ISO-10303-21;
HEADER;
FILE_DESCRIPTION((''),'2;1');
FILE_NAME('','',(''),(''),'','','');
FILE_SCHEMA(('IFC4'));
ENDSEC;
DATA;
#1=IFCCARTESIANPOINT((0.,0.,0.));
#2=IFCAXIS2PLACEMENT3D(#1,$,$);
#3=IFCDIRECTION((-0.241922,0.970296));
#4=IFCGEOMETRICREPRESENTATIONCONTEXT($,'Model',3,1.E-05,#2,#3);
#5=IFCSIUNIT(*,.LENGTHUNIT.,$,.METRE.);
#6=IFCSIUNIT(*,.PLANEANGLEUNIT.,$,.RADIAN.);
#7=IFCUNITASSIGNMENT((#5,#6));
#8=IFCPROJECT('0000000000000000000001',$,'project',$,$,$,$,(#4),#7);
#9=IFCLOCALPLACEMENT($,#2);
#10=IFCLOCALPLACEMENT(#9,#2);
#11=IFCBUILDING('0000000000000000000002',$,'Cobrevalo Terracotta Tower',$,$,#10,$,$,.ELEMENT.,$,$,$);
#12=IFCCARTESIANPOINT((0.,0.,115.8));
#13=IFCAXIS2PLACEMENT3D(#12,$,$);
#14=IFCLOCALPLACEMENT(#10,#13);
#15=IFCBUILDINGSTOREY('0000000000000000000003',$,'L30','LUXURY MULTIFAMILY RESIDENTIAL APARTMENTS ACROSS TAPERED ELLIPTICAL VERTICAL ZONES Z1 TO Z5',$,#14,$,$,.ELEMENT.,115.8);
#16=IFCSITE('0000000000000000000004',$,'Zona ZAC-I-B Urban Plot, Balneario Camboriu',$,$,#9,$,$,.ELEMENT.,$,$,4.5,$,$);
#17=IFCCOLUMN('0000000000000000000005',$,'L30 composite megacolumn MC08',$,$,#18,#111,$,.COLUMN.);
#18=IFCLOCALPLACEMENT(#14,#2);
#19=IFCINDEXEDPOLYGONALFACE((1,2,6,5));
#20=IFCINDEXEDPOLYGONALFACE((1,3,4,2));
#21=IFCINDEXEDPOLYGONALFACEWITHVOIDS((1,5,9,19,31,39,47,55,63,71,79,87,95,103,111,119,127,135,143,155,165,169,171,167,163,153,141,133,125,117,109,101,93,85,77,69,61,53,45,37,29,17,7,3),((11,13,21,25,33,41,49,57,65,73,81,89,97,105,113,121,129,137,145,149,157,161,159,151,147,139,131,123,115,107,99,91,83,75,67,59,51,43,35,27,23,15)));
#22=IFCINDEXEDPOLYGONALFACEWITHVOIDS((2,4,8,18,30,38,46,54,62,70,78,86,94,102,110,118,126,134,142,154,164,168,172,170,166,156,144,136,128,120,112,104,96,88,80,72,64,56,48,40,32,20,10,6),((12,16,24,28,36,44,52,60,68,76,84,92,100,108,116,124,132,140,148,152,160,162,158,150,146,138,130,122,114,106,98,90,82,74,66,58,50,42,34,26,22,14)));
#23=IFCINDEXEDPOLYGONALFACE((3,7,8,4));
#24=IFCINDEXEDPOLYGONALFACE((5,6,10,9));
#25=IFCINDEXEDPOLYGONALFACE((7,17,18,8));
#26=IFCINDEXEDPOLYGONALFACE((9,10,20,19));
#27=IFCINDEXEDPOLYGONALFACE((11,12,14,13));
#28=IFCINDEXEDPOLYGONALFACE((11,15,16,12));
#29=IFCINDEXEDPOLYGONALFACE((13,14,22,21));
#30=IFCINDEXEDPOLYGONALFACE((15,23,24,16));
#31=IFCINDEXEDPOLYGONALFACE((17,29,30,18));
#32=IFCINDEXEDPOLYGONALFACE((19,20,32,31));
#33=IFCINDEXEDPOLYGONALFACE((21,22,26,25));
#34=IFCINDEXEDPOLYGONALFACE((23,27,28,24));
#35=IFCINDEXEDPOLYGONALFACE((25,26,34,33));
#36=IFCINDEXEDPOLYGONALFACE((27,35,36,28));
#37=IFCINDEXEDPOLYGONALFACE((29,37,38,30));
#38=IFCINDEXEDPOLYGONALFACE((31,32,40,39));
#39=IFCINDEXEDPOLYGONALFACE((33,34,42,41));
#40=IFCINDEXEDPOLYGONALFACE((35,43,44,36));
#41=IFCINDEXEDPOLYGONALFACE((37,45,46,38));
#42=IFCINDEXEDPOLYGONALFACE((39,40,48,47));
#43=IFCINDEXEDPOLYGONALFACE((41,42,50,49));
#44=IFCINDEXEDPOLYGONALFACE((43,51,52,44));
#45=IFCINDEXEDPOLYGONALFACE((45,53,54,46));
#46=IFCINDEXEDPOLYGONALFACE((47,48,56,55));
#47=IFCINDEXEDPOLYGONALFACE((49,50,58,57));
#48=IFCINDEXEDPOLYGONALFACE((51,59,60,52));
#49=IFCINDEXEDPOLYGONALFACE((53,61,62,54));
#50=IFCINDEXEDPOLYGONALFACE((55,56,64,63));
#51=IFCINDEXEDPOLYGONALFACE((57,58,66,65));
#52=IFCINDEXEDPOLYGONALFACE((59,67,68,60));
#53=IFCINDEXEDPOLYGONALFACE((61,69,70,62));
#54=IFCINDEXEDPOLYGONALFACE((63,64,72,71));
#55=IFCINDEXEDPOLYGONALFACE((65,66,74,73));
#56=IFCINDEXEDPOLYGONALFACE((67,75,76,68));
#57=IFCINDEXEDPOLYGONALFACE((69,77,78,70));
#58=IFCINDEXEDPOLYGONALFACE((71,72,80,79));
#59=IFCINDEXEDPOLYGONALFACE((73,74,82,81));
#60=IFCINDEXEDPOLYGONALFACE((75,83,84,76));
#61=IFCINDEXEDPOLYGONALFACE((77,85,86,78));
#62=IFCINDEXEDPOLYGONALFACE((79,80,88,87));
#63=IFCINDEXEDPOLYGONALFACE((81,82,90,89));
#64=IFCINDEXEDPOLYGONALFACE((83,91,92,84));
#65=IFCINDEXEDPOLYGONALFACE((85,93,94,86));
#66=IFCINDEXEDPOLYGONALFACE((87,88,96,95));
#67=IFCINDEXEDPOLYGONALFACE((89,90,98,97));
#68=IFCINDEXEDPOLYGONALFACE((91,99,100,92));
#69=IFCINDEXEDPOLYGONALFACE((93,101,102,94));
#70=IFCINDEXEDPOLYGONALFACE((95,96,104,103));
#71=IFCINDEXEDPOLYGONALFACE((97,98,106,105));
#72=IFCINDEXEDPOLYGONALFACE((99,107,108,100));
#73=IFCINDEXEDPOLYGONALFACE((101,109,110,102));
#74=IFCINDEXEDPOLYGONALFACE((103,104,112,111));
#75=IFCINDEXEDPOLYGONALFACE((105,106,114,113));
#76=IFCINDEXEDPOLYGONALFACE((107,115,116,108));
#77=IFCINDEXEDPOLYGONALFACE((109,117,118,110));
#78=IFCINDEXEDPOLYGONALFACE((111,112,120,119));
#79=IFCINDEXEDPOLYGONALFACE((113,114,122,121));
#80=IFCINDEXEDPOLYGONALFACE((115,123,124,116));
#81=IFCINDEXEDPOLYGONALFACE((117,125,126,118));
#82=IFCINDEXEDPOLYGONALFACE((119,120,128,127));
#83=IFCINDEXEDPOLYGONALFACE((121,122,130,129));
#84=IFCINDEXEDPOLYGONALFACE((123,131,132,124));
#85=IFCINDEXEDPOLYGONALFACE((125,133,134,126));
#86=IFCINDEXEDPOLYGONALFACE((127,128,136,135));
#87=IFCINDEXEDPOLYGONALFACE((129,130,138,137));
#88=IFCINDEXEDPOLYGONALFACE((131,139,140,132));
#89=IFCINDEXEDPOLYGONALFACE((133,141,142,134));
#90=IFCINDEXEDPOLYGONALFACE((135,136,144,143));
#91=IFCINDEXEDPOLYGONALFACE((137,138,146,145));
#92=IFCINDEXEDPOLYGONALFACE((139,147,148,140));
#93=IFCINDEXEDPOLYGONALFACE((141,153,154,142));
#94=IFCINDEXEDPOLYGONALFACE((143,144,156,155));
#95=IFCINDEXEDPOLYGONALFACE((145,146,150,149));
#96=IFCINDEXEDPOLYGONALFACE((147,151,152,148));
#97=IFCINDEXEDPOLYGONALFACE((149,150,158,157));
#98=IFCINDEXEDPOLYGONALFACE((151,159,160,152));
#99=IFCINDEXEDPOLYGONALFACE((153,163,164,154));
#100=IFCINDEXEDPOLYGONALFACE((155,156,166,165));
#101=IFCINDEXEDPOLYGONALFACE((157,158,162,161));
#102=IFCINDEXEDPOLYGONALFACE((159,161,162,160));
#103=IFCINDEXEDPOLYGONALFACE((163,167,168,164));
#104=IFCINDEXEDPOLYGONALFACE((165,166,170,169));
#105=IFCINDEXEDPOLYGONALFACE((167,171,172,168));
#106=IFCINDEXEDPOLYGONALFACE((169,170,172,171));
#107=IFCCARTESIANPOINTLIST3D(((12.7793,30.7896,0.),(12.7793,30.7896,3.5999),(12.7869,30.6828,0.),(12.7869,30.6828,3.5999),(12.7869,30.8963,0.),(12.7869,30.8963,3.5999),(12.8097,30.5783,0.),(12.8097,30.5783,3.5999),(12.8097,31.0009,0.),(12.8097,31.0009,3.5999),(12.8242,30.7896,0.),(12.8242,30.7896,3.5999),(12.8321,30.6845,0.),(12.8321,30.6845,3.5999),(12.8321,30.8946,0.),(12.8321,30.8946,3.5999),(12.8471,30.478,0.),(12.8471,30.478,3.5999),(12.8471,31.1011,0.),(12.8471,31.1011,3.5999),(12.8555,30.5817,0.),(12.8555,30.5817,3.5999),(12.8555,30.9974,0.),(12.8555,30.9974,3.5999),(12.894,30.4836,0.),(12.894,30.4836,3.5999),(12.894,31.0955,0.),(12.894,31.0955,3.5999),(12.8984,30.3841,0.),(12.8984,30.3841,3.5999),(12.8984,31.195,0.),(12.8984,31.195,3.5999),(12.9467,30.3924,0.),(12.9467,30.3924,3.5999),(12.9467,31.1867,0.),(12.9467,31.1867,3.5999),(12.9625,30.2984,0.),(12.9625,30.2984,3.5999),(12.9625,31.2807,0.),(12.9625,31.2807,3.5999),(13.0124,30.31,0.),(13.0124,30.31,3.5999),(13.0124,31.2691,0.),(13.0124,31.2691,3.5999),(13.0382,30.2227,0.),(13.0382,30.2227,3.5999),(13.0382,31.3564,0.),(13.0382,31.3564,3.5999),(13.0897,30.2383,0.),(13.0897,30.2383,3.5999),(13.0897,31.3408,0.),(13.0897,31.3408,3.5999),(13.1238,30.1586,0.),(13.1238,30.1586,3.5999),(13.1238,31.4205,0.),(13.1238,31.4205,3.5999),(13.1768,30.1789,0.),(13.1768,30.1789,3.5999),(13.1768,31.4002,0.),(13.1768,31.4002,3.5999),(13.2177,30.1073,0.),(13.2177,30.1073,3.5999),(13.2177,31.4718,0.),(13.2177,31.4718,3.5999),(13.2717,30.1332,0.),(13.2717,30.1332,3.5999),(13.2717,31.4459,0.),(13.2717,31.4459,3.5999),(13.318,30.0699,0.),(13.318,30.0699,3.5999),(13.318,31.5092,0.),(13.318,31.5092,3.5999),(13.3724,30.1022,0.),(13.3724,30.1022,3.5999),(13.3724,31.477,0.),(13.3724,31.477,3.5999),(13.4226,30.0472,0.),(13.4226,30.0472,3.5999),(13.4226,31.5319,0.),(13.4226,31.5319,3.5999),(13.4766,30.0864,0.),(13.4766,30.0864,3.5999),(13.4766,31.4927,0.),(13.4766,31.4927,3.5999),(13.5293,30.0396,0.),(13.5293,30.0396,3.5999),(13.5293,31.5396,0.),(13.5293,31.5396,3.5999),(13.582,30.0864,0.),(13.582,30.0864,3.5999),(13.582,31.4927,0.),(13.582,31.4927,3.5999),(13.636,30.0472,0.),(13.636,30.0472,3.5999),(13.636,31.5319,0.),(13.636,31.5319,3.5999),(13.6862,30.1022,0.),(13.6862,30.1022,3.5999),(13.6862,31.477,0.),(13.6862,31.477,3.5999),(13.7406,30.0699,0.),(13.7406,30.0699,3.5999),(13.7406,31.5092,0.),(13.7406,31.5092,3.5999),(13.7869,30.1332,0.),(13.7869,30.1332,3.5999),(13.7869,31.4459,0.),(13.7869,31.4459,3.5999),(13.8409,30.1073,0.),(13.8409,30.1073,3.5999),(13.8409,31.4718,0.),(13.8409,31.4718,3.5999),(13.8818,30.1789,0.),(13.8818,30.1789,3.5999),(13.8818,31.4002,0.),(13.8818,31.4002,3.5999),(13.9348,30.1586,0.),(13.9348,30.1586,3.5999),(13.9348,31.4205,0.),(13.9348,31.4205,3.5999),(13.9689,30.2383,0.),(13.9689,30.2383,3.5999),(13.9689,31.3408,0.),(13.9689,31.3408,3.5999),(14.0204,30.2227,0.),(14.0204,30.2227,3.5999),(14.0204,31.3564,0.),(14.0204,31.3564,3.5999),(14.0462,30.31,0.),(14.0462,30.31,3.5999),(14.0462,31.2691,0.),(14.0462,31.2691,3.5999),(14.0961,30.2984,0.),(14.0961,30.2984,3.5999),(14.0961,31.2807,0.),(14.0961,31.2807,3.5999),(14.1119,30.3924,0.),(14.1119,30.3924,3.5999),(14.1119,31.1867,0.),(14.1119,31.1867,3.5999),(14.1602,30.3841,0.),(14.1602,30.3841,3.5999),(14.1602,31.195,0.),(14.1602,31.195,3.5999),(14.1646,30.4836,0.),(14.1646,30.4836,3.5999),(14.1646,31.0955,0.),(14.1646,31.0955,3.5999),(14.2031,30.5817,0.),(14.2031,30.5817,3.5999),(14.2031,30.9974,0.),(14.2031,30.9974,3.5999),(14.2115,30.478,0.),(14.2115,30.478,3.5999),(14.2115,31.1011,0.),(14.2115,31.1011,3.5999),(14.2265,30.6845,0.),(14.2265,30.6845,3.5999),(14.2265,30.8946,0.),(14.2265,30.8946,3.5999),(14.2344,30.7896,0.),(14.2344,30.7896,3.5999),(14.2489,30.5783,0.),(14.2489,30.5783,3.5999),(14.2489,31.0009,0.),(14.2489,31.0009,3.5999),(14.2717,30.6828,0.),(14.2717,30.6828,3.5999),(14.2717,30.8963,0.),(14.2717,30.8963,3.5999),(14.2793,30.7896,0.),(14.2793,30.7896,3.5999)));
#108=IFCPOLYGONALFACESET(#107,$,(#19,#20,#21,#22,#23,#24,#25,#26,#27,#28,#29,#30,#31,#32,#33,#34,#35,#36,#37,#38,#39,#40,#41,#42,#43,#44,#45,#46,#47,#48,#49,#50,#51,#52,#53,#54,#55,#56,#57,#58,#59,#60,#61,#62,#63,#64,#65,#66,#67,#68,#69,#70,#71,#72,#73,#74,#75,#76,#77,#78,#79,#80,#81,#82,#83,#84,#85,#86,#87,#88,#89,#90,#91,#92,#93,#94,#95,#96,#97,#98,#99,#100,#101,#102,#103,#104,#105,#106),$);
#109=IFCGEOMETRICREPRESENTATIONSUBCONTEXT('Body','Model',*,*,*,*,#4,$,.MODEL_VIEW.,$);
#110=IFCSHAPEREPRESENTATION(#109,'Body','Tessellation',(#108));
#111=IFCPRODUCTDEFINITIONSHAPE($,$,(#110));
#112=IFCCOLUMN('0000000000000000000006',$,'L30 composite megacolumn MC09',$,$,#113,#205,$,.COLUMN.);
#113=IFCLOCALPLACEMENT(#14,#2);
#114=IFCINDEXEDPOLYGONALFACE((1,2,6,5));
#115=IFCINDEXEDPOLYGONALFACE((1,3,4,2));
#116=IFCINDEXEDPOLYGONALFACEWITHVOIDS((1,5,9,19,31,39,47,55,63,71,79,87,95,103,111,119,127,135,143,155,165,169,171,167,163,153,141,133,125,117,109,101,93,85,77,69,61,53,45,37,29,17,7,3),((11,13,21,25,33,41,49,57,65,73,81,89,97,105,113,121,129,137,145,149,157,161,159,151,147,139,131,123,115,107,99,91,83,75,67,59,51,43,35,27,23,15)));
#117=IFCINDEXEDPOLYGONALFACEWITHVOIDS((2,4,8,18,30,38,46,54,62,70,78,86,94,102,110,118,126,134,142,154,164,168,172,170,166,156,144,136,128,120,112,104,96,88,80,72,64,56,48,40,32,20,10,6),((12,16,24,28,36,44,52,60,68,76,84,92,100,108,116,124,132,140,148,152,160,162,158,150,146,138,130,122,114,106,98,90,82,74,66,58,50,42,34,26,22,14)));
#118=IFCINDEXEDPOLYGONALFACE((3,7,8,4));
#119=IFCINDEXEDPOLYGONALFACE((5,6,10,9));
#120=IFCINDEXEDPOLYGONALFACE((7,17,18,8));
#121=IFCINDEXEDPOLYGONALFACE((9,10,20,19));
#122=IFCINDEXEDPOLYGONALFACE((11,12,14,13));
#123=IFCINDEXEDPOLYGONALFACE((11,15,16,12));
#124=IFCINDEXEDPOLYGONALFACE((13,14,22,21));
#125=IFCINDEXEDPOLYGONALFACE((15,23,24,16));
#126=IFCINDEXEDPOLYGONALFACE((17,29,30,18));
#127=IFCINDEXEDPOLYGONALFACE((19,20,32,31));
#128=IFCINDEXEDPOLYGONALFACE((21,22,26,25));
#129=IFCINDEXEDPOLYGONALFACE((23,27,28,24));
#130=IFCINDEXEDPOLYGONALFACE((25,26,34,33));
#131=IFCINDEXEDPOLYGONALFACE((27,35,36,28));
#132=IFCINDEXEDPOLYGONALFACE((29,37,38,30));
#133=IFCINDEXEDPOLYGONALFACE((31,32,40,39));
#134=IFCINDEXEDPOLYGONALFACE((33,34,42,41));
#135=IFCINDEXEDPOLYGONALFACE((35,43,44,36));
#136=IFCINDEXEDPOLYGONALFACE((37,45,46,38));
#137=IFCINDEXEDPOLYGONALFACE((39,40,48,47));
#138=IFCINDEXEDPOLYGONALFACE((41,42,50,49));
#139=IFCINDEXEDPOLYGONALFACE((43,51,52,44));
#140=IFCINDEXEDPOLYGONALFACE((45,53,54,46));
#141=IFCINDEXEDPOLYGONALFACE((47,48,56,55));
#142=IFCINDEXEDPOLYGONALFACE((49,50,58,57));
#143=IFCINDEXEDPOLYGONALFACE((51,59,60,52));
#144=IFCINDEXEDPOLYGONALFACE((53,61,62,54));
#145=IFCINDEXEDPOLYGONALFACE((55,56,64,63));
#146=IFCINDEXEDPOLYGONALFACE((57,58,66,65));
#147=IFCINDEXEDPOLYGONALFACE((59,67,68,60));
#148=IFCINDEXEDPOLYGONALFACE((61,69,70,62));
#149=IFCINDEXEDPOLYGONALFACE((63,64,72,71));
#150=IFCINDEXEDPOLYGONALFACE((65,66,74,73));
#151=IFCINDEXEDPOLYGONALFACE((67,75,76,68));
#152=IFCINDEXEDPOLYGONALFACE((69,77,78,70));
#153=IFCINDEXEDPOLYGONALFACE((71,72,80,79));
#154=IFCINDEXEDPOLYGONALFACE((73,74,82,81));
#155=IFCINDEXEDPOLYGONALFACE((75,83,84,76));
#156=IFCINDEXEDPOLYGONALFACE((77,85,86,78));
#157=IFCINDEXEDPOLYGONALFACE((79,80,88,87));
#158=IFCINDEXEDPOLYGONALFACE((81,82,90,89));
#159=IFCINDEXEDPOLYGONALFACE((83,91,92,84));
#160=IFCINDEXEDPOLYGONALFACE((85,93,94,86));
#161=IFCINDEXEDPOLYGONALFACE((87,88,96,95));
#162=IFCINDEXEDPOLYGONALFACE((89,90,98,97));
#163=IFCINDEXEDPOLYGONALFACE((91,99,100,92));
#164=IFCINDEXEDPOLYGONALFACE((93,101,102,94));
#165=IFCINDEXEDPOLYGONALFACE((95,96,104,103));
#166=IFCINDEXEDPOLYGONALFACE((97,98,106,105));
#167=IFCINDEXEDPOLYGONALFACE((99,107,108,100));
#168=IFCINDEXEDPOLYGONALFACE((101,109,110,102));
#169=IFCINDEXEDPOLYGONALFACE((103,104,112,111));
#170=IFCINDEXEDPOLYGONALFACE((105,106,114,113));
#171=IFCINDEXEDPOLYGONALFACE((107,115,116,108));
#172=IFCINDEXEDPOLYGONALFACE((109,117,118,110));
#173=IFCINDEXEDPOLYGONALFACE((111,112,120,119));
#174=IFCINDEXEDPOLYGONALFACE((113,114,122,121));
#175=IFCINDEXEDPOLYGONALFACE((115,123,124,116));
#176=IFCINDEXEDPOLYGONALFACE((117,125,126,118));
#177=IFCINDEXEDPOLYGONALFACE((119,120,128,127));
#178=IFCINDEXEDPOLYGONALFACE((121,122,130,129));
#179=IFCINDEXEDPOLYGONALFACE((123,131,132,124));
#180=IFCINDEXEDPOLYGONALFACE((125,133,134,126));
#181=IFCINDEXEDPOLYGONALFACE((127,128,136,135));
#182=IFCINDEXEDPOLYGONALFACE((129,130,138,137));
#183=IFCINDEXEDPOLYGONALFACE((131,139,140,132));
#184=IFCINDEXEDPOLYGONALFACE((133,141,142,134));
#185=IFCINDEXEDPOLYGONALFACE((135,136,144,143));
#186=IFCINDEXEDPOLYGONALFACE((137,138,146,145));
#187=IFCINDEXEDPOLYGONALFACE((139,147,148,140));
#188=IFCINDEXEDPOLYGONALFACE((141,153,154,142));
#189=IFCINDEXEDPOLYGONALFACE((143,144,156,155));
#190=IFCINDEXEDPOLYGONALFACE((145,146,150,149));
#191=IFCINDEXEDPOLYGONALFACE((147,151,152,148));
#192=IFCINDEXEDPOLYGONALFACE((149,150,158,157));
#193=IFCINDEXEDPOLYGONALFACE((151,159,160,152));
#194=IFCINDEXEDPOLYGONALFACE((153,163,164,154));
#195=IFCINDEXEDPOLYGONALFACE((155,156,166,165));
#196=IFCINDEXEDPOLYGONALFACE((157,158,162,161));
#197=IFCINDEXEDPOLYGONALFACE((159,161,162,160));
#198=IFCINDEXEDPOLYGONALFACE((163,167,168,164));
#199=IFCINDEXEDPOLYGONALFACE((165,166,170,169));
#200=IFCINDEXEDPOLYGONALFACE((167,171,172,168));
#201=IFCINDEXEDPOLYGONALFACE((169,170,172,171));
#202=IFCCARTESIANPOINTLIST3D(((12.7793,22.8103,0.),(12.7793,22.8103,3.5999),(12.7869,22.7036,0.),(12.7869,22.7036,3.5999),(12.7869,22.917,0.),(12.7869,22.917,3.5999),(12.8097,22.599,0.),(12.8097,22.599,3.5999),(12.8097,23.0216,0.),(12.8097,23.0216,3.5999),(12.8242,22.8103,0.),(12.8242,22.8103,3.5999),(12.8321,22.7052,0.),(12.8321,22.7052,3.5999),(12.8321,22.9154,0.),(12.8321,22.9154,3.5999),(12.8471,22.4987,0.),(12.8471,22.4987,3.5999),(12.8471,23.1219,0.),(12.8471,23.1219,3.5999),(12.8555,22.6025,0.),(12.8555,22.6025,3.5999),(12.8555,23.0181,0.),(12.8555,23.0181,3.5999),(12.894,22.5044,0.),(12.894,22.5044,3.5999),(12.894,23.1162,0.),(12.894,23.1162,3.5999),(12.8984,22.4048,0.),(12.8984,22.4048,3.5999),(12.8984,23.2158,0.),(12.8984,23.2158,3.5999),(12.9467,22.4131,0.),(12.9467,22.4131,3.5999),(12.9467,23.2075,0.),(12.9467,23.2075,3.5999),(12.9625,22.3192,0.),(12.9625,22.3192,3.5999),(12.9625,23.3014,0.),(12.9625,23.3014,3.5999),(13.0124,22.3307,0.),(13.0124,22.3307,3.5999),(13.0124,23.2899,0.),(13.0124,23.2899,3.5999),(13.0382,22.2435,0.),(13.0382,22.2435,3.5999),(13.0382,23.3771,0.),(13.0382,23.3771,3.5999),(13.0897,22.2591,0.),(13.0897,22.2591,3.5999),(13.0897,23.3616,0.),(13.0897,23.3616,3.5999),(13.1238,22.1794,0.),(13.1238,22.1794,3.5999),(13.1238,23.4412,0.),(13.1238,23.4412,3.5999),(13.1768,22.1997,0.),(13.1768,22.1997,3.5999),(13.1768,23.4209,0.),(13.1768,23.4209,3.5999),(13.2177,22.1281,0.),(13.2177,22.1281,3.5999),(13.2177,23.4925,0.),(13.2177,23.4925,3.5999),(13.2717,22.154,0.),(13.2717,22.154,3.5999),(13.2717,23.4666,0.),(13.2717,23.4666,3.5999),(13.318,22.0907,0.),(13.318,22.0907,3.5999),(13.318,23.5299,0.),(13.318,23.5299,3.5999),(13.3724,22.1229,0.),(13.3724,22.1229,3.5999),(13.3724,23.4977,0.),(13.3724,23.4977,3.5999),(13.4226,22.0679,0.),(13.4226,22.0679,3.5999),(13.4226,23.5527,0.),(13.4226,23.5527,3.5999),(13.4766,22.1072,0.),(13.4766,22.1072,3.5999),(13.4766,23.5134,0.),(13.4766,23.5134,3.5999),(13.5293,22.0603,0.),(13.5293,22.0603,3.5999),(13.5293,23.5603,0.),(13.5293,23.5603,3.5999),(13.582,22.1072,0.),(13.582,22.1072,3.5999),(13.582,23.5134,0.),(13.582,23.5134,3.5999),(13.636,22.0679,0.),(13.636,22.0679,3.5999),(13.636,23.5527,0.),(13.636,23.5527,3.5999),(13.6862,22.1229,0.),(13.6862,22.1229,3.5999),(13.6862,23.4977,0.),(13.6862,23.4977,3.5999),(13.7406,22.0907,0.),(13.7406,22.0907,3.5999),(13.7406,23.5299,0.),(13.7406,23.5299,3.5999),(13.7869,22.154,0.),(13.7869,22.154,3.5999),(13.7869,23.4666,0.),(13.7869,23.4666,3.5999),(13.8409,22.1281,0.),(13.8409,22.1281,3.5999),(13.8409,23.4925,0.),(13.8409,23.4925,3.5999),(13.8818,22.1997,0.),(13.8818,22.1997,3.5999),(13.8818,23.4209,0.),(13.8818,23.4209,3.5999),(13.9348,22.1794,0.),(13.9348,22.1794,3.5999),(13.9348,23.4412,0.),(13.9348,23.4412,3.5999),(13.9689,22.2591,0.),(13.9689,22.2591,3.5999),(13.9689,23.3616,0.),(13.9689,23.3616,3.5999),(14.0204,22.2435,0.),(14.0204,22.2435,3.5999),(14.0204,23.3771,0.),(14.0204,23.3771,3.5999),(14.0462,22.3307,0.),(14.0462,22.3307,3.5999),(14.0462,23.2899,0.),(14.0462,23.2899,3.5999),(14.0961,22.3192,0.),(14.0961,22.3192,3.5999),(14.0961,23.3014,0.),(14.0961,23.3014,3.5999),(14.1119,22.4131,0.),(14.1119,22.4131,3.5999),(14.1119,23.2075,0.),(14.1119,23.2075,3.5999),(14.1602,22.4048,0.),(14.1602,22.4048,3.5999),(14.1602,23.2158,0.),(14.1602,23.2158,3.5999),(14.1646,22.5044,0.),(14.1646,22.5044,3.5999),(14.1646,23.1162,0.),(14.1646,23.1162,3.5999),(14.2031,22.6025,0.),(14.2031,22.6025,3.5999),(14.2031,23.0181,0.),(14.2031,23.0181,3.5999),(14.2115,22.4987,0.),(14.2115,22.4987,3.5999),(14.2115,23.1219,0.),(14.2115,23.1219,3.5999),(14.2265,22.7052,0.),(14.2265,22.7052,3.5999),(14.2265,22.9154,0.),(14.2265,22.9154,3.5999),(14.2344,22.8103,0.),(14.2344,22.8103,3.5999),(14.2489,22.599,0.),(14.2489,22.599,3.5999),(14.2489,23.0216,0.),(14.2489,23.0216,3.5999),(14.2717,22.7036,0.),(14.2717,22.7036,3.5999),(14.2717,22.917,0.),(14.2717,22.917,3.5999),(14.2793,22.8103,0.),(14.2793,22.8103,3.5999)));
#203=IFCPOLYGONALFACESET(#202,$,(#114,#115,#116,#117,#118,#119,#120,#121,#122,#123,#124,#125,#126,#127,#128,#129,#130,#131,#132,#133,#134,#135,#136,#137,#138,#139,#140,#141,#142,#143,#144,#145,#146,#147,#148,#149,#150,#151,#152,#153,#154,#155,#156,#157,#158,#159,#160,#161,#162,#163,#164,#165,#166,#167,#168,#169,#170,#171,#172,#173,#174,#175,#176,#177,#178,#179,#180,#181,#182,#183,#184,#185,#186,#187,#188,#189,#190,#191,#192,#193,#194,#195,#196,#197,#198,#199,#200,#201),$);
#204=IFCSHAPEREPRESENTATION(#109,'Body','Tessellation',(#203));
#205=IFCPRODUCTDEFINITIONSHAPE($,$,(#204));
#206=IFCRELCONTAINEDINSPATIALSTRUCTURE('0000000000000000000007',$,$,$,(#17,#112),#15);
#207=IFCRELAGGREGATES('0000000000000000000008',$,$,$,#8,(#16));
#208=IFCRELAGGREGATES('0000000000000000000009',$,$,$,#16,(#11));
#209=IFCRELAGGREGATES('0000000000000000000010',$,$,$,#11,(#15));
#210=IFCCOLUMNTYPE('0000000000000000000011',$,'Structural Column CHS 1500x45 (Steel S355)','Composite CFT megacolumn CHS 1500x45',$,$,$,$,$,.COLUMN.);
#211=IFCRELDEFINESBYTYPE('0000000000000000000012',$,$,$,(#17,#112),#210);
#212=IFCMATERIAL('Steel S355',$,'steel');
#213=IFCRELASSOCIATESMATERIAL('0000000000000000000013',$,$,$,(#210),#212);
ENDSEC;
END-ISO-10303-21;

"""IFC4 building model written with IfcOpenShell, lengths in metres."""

from ifc_helpers import new_model, si_unit, direction, frame, origin, origin_2d, place, context, subcontext, project, spatial, hollow_circle, extrude, material, material_profile, profile_set, type_object, element, save


model = new_model("IFC4")

# Units and contexts
model_context = context("Model", 3, precision=1e-05, world=origin(), true_north=direction((-0.241922, 0.970296)))
body_context = subcontext(model_context, "Body", "Model", "MODEL_VIEW")
ifc_project = project(units=[si_unit("LENGTHUNIT", "METRE"), si_unit("PLANEANGLEUNIT", "RADIAN")], contexts=[model_context])

# Site, building, storey
site_placement = place(None, origin())
site = spatial("IfcSite", under=ifc_project, at=site_placement, Name="Zona ZAC-I-B Urban Plot, Balneario Camboriu", CompositionType="ELEMENT", RefElevation=4.5)
building_placement = place(site_placement, origin())
building = spatial("IfcBuilding", under=site, at=building_placement, Name="Cobrevalo Terracotta Tower", CompositionType="ELEMENT")
storey_placement = place(building_placement, frame((0.0, 0.0, 115.8)))
storey = spatial("IfcBuildingStorey", under=building, at=storey_placement, Name="L30", Description="LUXURY MULTIFAMILY RESIDENTIAL APARTMENTS ACROSS TAPERED ELLIPTICAL VERTICAL ZONES Z1 TO Z5", CompositionType="ELEMENT", Elevation=115.8)

# Columns
ifc_material_1 = material(Name="Steel S355", Category="steel")
ifc_material_profile_1 = material_profile(ifc_material_1, hollow_circle(Radius=0.75, WallThickness=0.0449, at=origin_2d()), Name="CHS 1500x45")
ifc_profile_set_1 = profile_set([ifc_material_profile_1], Name="Steel S355")
column_type = type_object("IfcColumnType", Name="Structural Column CHS 1500x45 (Steel S355)", Description="Composite CFT megacolumn CHS 1500x45", PredefinedType="COLUMN", material=ifc_profile_set_1)
for number, where, z_axis, x_axis, name in (
    (1, (13.5293, 30.7896, 0.0), (0.0, 0.0, 1.0), (1.0, 0.0, 0.0), "L30 composite megacolumn MC08"),
    (2, (13.5293, 22.8103, 0.0), (0.0, 0.0, 1.0), (1.0, 0.0, 0.0), "L30 composite megacolumn MC09"),
):
    element("IfcColumn", number, at=place(storey_placement, frame(where, z_axis=z_axis, x_axis=x_axis)), inside=storey, type_object=column_type, Name=name, PredefinedType="COLUMN", context=body_context, shape_type="SweptSolid", body=[
        extrude(hollow_circle(Radius=0.75, WallThickness=0.0449, at=origin_2d()), origin(), (0.0, 0.0, 1.0), 3.5999),
    ])

save(model, "model.ifc")
